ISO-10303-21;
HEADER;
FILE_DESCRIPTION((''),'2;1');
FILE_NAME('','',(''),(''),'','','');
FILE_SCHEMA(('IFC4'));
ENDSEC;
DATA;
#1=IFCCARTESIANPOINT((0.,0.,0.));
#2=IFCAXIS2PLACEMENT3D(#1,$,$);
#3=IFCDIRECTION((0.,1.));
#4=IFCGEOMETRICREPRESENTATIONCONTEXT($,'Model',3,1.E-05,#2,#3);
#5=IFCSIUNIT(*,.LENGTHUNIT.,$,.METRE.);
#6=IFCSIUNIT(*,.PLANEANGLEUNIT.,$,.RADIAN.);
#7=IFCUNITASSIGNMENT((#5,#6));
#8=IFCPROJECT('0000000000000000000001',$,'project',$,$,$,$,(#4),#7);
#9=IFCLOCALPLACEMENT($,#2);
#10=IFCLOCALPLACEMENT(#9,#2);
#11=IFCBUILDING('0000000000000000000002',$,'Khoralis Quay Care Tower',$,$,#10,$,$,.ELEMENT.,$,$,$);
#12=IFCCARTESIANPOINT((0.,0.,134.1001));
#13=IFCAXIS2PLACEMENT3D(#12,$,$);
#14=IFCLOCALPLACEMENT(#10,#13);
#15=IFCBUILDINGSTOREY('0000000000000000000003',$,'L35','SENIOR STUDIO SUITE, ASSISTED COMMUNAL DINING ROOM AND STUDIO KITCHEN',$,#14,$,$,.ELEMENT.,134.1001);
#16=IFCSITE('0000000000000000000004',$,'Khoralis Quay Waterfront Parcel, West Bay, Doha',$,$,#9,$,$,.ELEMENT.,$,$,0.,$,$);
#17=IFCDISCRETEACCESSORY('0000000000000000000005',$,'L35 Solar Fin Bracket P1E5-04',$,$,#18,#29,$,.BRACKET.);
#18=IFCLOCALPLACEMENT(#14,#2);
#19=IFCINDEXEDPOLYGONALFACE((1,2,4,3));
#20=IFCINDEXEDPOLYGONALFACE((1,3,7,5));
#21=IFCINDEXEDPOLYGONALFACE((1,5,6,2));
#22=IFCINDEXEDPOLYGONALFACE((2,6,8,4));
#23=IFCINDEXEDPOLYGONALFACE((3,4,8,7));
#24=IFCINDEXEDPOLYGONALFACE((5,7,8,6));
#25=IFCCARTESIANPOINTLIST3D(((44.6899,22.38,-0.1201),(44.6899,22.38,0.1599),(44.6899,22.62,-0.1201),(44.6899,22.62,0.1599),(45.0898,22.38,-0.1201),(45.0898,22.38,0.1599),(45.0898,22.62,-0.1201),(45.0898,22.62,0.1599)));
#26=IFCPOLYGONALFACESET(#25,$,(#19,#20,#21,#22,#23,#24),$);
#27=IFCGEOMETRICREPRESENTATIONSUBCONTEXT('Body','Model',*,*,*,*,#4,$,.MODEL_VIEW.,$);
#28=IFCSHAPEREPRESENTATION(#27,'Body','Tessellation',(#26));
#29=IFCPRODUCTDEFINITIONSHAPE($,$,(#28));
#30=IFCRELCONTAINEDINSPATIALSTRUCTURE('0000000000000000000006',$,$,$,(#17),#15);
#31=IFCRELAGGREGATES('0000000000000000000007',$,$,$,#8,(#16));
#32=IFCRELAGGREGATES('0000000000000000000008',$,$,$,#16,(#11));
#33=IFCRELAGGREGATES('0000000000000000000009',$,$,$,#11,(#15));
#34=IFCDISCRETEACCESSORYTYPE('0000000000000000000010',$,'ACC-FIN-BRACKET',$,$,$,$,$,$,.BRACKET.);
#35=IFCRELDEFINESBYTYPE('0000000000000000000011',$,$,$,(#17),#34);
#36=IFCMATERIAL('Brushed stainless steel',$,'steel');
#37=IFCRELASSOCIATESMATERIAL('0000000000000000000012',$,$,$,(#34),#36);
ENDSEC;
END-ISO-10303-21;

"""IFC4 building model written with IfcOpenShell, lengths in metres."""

from ifc_helpers import new_model, si_unit, direction, frame, origin, origin_2d, place, context, subcontext, project, spatial, rectangle, extrude, source, transform, mapped, material, type_object, element, save


model = new_model("IFC4")

# Units and contexts
model_context = context("Model", 3, precision=1e-05, world=origin(), true_north=direction((0.0, 1.0)))
body_context = subcontext(model_context, "Body", "Model", "MODEL_VIEW")
ifc_project = project(units=[si_unit("LENGTHUNIT", "METRE"), si_unit("PLANEANGLEUNIT", "RADIAN")], contexts=[model_context])

# Site, building, storey
site_placement = place(None, origin())
site = spatial("IfcSite", under=ifc_project, at=site_placement, Name="Khoralis Quay Waterfront Parcel, West Bay, Doha", CompositionType="ELEMENT", RefElevation=0.0)
building_placement = place(site_placement, origin())
building = spatial("IfcBuilding", under=site, at=building_placement, Name="Khoralis Quay Care Tower", CompositionType="ELEMENT")
storey_placement = place(building_placement, frame((0.0, 0.0, 134.1001)))
storey = spatial("IfcBuildingStorey", under=building, at=storey_placement, Name="L35", Description="SENIOR STUDIO SUITE, ASSISTED COMMUNAL DINING ROOM AND STUDIO KITCHEN", CompositionType="ELEMENT", Elevation=134.1001)

# Shared definitions
ifc_material_1 = material(Name="Brushed stainless steel", Category="steel")

# Discrete accessory
discrete_accessory_type = type_object("IfcDiscreteAccessoryType", Name="ACC-FIN-BRACKET", PredefinedType="BRACKET", material=ifc_material_1)
shared_shape_1 = source(origin(), body_context, "Body", "SweptSolid", [
    extrude(rectangle(XDim=0.3999, YDim=0.24, at=origin_2d()), origin(), (0.0, 0.0, 1.0), 0.28),
])
for number, where, z_axis, x_axis, name in (
    (1, (44.8899, 22.5, -0.1201), (0.0, 0.0, 1.0), (1.0, 0.0, 0.0), "L35 Solar Fin Bracket P1E5-04"),
):
    element("IfcDiscreteAccessory", number, at=place(storey_placement, frame(where, z_axis=z_axis, x_axis=x_axis)), inside=storey, type_object=discrete_accessory_type, Name=name, PredefinedType="BRACKET", context=body_context, shape_type="MappedRepresentation", body=[
        mapped(shared_shape_1, transform((0.0, 0.0, 0.0), scale=1.0)),
    ])

save(model, "model.ifc")
